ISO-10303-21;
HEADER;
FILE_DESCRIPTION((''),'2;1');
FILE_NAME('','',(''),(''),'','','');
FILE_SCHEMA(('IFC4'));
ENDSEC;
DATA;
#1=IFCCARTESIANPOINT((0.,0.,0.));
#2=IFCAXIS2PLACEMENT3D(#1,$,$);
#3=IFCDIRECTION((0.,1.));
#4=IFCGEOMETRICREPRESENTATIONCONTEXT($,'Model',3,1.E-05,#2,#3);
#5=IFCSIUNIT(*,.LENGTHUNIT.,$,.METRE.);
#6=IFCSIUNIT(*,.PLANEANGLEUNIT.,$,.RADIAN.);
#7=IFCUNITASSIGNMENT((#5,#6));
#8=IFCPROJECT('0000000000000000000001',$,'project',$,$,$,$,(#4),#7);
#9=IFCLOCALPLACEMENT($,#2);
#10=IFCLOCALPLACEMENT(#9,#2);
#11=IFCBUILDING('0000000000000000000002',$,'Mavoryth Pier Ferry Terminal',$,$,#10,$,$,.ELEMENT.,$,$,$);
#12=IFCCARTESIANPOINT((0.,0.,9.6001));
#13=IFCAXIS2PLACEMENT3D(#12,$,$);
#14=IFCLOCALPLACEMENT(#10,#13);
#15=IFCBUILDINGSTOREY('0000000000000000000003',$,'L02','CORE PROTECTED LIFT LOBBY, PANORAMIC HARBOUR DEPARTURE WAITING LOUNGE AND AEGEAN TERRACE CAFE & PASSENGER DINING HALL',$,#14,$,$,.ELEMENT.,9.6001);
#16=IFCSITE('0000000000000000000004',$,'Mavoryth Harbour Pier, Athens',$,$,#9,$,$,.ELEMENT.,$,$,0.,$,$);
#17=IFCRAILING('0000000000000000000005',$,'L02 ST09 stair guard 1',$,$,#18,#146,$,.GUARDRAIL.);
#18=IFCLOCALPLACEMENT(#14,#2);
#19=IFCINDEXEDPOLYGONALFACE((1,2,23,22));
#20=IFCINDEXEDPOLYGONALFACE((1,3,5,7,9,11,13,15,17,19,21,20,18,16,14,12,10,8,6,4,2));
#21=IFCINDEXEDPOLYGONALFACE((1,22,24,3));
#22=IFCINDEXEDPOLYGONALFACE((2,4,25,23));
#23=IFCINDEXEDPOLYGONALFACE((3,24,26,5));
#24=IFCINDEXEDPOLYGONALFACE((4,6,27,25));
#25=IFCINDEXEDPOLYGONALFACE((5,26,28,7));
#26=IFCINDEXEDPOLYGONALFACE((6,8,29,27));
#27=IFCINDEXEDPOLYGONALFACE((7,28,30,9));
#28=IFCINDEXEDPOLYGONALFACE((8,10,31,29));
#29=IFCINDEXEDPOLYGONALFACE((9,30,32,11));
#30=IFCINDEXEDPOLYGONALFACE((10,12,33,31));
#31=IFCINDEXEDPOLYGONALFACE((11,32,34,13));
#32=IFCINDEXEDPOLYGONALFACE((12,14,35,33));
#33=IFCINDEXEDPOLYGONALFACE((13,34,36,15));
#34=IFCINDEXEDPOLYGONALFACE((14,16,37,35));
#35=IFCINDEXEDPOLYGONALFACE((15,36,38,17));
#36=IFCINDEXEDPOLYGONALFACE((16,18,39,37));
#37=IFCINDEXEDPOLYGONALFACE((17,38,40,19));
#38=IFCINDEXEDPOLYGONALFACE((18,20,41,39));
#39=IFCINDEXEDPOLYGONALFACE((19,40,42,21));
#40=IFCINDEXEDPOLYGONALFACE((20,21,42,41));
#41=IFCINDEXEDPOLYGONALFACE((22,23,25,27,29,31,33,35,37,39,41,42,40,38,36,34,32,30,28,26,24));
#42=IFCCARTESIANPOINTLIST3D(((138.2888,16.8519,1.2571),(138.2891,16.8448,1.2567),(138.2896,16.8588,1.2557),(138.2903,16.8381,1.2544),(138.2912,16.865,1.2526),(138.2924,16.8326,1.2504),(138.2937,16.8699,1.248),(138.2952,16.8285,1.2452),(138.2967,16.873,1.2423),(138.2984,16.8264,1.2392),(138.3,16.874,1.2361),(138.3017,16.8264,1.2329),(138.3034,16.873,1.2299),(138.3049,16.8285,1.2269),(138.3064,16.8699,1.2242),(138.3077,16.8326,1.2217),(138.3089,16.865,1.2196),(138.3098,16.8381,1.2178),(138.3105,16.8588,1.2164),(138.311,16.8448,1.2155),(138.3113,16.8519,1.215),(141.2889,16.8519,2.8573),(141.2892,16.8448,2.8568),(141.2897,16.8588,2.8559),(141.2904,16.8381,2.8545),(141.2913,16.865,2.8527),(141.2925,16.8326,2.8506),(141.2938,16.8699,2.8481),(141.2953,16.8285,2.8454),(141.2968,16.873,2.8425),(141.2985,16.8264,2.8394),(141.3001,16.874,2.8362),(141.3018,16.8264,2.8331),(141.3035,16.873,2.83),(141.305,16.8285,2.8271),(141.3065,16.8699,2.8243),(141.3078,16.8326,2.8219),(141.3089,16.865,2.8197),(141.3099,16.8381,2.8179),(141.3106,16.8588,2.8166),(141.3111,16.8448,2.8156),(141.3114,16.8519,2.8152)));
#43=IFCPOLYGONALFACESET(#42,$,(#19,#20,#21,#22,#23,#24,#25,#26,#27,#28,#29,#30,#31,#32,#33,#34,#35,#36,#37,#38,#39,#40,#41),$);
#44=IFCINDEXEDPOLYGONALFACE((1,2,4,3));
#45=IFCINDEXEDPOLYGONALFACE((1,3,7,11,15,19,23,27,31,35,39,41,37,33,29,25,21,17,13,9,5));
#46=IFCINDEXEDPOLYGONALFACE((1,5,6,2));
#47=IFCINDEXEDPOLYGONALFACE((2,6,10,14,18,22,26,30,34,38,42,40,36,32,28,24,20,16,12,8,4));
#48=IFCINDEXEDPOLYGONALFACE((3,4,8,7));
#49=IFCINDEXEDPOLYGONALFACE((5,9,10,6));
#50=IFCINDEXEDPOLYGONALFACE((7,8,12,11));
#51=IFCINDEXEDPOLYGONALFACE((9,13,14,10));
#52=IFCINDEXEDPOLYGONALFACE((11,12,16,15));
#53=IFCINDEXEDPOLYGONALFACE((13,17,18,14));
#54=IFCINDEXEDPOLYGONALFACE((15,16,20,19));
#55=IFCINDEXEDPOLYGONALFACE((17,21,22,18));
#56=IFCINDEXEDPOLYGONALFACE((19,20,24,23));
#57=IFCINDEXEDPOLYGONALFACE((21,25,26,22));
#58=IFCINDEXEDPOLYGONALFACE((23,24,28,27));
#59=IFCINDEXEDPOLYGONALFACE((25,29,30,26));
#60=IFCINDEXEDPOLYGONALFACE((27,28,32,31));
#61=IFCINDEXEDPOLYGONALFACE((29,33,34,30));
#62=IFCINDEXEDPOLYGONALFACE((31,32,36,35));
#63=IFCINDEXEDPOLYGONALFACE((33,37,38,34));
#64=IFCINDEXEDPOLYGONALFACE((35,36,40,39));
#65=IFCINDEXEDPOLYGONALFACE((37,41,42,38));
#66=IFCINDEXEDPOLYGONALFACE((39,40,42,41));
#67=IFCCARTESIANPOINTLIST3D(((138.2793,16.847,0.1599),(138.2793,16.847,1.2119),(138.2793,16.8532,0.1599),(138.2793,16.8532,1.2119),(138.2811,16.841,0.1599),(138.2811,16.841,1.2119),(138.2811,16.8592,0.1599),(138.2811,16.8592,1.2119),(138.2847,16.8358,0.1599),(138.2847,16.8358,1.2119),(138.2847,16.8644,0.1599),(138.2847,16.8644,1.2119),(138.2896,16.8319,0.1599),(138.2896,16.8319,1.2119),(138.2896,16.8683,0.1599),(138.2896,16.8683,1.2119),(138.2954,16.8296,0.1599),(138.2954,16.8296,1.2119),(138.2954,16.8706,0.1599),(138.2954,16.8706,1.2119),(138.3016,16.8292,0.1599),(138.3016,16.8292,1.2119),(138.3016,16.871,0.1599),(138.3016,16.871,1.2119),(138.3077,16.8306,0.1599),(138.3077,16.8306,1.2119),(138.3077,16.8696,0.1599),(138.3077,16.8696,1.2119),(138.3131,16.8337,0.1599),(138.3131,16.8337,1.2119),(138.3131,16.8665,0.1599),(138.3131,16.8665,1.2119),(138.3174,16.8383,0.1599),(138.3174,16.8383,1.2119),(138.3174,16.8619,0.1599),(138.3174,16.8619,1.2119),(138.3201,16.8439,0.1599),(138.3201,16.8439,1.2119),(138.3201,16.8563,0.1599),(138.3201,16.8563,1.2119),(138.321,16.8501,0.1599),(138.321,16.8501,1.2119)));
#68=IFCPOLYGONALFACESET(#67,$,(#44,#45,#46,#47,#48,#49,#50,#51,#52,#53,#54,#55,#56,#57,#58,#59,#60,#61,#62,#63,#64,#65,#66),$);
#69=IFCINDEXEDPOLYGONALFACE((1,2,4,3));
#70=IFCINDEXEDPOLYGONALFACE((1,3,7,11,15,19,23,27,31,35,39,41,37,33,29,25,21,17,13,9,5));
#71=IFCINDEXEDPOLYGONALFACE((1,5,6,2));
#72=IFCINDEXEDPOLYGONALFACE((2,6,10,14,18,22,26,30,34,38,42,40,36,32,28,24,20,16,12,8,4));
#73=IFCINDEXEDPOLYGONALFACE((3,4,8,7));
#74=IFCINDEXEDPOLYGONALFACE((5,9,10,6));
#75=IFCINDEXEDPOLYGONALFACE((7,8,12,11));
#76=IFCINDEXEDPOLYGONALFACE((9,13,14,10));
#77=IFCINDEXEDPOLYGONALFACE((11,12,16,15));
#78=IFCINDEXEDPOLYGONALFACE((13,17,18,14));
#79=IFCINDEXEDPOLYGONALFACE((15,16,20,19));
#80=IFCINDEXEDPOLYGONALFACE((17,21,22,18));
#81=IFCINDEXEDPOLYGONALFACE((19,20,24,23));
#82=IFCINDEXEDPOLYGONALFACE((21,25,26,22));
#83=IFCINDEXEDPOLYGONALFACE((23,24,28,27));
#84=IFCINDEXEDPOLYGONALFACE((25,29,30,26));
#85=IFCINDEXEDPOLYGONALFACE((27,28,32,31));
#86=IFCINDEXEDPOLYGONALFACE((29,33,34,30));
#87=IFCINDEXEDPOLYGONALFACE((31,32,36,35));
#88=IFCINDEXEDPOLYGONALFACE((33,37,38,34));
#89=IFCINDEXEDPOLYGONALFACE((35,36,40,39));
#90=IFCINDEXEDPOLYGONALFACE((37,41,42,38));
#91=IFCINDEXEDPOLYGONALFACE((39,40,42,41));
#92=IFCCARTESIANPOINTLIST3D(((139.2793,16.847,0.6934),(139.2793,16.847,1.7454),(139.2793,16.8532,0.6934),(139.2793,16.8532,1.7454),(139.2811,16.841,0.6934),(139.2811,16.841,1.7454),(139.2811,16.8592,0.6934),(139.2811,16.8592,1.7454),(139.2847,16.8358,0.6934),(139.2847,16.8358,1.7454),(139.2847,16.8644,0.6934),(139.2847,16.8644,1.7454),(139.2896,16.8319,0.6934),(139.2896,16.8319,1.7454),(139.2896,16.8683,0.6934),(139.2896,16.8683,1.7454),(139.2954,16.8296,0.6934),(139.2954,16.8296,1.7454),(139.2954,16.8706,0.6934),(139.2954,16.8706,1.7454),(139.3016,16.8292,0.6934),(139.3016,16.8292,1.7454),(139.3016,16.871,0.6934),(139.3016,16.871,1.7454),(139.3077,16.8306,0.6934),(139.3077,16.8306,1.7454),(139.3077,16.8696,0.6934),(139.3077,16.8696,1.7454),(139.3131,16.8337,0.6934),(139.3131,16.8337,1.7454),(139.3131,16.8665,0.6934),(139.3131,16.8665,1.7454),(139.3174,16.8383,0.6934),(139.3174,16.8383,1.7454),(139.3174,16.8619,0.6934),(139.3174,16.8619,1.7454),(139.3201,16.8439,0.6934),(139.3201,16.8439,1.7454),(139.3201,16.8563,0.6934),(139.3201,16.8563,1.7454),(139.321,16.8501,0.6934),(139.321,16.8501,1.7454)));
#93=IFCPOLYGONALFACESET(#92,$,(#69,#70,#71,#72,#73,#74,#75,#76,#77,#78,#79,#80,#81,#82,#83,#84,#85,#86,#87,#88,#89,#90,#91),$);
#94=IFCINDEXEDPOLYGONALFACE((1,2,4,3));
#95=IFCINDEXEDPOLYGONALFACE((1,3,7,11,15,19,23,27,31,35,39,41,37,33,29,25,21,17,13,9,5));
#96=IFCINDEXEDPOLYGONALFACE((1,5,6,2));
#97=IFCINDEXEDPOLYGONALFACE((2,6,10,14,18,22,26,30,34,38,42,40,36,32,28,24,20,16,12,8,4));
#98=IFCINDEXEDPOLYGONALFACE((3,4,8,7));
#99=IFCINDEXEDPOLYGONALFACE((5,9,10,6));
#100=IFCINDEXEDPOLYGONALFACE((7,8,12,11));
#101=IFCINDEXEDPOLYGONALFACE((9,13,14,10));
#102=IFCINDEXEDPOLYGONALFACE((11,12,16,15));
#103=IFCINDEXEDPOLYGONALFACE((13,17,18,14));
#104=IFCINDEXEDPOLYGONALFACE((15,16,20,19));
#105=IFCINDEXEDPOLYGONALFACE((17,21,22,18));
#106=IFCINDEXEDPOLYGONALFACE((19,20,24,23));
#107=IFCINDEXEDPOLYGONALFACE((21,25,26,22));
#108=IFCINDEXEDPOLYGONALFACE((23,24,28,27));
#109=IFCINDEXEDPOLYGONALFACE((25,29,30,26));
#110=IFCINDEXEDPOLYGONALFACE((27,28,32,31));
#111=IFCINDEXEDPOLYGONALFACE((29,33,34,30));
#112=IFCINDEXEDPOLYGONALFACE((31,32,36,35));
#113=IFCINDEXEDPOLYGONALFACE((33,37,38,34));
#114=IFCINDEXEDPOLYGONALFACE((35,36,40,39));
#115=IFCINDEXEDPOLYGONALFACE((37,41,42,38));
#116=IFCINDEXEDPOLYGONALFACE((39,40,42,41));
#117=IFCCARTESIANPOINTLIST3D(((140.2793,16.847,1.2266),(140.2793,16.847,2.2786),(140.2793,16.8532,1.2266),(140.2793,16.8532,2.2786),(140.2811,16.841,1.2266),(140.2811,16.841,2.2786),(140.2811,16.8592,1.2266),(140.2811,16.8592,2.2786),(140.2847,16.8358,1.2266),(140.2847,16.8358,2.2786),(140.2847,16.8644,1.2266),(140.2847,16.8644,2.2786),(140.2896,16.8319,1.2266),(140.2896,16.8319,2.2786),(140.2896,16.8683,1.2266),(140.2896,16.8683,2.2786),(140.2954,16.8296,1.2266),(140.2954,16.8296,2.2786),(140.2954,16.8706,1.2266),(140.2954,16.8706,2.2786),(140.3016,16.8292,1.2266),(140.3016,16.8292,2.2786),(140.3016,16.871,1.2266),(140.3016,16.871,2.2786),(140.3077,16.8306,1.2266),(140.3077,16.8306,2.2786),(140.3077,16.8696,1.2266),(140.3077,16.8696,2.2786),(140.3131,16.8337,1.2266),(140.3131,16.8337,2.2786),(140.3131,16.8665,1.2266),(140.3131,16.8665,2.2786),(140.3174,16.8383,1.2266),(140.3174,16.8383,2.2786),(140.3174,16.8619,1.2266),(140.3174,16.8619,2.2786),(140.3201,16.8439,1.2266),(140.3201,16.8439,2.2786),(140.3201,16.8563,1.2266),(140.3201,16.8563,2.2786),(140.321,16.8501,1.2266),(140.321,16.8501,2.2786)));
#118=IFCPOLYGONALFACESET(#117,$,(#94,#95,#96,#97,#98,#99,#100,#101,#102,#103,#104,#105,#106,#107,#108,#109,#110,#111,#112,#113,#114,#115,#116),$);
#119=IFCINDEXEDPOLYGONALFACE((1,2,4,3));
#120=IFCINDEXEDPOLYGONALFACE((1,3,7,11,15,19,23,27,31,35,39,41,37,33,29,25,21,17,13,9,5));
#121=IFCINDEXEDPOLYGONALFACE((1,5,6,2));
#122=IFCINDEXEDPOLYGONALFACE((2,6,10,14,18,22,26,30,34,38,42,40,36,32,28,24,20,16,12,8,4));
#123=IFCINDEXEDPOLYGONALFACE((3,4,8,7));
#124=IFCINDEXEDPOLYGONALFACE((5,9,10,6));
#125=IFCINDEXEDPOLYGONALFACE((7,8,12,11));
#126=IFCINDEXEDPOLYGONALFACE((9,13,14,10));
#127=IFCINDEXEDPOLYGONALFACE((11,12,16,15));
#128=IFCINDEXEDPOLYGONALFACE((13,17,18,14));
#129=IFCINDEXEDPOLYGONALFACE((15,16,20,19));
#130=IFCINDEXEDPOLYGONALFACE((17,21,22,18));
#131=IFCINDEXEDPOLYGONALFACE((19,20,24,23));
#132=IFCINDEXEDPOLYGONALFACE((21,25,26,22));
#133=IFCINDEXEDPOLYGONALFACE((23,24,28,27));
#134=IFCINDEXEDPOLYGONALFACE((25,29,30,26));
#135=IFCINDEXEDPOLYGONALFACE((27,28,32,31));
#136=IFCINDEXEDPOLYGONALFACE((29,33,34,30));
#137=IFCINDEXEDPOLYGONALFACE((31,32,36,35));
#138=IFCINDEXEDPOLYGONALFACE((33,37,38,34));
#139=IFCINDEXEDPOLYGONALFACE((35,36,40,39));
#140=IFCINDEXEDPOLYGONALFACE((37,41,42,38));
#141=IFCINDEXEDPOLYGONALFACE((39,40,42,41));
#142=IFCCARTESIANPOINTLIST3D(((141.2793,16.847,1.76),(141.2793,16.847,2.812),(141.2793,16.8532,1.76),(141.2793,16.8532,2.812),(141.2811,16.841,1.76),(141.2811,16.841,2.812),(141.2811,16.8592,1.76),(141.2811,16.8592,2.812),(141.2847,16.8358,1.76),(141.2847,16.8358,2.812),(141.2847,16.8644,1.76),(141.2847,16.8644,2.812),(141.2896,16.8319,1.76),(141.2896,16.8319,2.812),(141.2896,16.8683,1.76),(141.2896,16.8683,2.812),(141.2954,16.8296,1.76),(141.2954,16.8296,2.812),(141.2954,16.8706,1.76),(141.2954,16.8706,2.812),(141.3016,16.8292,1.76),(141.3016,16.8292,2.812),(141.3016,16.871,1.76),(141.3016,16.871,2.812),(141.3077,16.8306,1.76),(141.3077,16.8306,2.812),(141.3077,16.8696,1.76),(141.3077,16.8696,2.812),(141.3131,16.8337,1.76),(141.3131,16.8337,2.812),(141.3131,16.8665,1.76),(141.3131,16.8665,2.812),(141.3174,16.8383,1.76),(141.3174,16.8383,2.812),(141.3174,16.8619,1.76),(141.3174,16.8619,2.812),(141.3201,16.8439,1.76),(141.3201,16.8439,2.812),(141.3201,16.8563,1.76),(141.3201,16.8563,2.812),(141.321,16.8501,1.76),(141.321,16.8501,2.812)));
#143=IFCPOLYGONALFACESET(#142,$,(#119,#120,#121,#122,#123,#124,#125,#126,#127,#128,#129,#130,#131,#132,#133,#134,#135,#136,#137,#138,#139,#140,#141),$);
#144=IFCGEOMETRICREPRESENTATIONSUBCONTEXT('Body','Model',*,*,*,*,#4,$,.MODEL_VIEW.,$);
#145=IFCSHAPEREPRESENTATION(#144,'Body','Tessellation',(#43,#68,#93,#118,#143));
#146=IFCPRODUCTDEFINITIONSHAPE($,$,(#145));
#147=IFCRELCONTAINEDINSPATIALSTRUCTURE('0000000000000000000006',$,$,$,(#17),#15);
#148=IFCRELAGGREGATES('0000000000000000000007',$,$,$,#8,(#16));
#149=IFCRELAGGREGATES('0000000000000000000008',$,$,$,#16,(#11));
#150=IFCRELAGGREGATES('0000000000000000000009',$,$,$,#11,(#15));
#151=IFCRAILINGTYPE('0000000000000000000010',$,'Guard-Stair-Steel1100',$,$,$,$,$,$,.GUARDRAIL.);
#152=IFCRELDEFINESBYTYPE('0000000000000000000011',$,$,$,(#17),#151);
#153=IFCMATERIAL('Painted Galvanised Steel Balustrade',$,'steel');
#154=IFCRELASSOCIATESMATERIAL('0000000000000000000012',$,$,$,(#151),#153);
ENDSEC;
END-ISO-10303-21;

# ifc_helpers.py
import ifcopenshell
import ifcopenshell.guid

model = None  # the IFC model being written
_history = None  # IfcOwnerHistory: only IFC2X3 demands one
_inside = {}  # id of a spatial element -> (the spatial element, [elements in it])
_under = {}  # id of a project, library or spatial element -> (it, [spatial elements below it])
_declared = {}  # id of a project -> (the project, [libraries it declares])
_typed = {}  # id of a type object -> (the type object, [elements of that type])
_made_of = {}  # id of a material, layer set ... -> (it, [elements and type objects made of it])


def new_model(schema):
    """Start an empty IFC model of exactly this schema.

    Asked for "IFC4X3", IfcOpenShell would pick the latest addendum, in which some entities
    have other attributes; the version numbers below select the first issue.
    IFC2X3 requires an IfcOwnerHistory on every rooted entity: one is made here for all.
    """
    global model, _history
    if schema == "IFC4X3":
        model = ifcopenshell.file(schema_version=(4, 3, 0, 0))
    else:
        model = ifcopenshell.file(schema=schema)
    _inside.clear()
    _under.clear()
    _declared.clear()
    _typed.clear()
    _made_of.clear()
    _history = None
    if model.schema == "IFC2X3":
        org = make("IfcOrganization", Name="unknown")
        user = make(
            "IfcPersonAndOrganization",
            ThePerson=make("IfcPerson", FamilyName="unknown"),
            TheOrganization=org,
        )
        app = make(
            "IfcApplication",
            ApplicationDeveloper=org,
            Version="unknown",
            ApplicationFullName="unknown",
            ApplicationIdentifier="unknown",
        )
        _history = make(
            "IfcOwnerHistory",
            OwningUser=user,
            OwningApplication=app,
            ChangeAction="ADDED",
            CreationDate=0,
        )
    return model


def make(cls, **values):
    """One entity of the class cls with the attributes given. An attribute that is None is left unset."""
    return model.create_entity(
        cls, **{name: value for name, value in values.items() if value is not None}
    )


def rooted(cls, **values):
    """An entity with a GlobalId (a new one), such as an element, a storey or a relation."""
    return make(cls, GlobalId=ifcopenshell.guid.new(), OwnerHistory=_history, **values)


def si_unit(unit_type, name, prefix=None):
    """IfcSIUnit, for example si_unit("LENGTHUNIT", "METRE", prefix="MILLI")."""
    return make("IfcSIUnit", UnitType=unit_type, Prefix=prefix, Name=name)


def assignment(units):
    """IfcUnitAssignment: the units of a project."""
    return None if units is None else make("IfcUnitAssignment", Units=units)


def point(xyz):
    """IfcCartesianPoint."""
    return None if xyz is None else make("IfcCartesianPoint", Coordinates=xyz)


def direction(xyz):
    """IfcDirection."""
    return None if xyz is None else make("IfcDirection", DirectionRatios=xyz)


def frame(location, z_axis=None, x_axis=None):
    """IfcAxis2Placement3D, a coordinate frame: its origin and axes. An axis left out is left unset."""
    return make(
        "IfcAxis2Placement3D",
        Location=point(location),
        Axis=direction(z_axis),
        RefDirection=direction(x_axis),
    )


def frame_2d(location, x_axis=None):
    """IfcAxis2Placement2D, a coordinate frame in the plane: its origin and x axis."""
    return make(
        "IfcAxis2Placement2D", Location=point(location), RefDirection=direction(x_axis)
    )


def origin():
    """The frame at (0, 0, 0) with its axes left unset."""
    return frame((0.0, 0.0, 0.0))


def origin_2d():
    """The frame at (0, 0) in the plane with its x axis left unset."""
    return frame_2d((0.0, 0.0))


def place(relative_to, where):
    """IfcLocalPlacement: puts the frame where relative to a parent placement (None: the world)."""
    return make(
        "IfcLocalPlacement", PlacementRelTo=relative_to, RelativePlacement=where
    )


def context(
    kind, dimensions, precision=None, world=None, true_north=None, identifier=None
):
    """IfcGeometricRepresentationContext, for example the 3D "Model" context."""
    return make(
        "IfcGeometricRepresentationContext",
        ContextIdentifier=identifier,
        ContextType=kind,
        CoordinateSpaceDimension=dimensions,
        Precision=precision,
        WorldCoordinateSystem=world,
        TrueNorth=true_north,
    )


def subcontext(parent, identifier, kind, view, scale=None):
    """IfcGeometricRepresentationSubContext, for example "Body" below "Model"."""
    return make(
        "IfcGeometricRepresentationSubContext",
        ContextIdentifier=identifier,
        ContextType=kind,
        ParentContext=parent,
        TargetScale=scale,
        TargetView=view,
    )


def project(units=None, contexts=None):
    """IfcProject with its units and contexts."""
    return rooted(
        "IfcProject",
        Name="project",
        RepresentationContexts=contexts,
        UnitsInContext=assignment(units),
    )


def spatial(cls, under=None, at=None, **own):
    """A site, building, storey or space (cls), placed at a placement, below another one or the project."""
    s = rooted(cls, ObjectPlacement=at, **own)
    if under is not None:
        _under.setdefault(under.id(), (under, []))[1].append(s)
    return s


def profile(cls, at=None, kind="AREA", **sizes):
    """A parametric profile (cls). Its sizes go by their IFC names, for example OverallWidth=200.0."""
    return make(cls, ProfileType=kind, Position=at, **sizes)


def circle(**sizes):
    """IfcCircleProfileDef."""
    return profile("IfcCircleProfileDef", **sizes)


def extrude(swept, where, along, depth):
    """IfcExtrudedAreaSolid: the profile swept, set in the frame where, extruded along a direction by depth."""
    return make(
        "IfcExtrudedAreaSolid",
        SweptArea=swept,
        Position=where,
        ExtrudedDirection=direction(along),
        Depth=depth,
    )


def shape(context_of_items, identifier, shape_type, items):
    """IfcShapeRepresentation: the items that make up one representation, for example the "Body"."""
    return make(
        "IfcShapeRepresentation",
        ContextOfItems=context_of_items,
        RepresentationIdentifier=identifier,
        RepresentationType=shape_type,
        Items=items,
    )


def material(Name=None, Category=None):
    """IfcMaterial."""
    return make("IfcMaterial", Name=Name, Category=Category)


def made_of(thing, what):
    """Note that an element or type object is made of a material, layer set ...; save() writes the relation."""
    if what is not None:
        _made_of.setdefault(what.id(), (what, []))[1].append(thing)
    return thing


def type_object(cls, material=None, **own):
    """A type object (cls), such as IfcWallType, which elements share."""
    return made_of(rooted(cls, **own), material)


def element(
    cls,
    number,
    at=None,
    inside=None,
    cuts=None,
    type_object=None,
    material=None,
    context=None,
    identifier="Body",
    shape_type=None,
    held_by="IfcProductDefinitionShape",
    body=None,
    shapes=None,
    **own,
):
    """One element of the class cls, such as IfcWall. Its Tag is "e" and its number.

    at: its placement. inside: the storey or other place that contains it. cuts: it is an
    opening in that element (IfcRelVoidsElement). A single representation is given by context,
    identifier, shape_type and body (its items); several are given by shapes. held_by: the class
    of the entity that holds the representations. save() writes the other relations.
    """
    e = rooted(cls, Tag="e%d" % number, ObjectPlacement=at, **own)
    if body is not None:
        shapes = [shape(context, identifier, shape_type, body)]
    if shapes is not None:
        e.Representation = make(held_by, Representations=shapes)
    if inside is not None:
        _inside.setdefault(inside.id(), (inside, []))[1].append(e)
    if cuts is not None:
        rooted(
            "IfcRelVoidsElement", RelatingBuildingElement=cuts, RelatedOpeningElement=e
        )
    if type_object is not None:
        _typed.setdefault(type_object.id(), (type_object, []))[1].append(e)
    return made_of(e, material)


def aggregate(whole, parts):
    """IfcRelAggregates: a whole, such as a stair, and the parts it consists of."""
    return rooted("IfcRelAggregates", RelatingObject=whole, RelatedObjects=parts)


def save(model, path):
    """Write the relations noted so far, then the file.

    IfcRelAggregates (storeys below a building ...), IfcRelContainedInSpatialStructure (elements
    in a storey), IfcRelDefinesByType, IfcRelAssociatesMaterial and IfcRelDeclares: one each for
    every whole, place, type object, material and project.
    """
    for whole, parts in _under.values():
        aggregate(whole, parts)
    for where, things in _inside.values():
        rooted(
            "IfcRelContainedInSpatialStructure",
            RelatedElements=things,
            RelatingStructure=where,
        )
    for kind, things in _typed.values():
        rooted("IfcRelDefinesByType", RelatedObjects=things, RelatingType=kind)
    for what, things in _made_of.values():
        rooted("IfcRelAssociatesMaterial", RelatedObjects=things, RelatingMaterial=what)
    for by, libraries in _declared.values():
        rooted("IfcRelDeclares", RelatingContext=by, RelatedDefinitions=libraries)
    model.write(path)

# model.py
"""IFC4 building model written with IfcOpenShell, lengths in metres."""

from ifc_helpers import new_model, si_unit, direction, frame, origin, origin_2d, place, context, subcontext, project, spatial, circle, extrude, material, type_object, element, save


model = new_model("IFC4")

# Units and contexts
model_context = context("Model", 3, precision=1e-05, world=origin(), true_north=direction((0.0, 1.0)))
body_context = subcontext(model_context, "Body", "Model", "MODEL_VIEW")
ifc_project = project(units=[si_unit("LENGTHUNIT", "METRE"), si_unit("PLANEANGLEUNIT", "RADIAN")], contexts=[model_context])

# Site, building, storey
site_placement = place(None, origin())
site = spatial("IfcSite", under=ifc_project, at=site_placement, Name="Mavoryth Harbour Pier, Athens", CompositionType="ELEMENT", RefElevation=0.0)
building_placement = place(site_placement, origin())
building = spatial("IfcBuilding", under=site, at=building_placement, Name="Mavoryth Pier Ferry Terminal", CompositionType="ELEMENT")
storey_placement = place(building_placement, frame((0.0, 0.0, 9.6001)))
storey = spatial("IfcBuildingStorey", under=building, at=storey_placement, Name="L02", Description="CORE PROTECTED LIFT LOBBY, PANORAMIC HARBOUR DEPARTURE WAITING LOUNGE AND AEGEAN TERRACE CAFE & PASSENGER DINING HALL", CompositionType="ELEMENT", Elevation=9.6001)

# Railing
ifc_material_1 = material(Name="Painted Galvanised Steel Balustrade", Category="steel")
railing_type_1 = type_object("IfcRailingType", Name="Guard-Stair-Steel1100", PredefinedType="GUARDRAIL", material=ifc_material_1)
railing_1_placement = place(storey_placement, frame((138.3, 16.8501, 0.1599)))
element("IfcRailing", 1, at=railing_1_placement, inside=storey, type_object=railing_type_1, Name="L02 ST09 stair guard 1", PredefinedType="GUARDRAIL", context=body_context, shape_type="SweptSolid", body=[
    extrude(circle(Radius=0.0239, at=origin_2d()), frame((0.0, 0.0, 1.0762), z_axis=(0.882341, 0.0, 0.470611), x_axis=(0.0, 1.0, 0.0)), (0.0, 0.0, 1.0), 3.4001),
    extrude(circle(Radius=0.021, at=origin_2d()), origin(), (0.0, 0.0, 1.0), 1.052),
    extrude(circle(Radius=0.021, at=origin_2d()), frame((1.0, 0.0, 0.5334)), (0.0, 0.0, 1.0), 1.052),
    extrude(circle(Radius=0.021, at=origin_2d()), frame((2.0, 0.0, 1.0667)), (0.0, 0.0, 1.0), 1.052),
    extrude(circle(Radius=0.021, at=origin_2d()), frame((3.0, 0.0, 1.6001)), (0.0, 0.0, 1.0), 1.052),
])

save(model, "model.ifc")
